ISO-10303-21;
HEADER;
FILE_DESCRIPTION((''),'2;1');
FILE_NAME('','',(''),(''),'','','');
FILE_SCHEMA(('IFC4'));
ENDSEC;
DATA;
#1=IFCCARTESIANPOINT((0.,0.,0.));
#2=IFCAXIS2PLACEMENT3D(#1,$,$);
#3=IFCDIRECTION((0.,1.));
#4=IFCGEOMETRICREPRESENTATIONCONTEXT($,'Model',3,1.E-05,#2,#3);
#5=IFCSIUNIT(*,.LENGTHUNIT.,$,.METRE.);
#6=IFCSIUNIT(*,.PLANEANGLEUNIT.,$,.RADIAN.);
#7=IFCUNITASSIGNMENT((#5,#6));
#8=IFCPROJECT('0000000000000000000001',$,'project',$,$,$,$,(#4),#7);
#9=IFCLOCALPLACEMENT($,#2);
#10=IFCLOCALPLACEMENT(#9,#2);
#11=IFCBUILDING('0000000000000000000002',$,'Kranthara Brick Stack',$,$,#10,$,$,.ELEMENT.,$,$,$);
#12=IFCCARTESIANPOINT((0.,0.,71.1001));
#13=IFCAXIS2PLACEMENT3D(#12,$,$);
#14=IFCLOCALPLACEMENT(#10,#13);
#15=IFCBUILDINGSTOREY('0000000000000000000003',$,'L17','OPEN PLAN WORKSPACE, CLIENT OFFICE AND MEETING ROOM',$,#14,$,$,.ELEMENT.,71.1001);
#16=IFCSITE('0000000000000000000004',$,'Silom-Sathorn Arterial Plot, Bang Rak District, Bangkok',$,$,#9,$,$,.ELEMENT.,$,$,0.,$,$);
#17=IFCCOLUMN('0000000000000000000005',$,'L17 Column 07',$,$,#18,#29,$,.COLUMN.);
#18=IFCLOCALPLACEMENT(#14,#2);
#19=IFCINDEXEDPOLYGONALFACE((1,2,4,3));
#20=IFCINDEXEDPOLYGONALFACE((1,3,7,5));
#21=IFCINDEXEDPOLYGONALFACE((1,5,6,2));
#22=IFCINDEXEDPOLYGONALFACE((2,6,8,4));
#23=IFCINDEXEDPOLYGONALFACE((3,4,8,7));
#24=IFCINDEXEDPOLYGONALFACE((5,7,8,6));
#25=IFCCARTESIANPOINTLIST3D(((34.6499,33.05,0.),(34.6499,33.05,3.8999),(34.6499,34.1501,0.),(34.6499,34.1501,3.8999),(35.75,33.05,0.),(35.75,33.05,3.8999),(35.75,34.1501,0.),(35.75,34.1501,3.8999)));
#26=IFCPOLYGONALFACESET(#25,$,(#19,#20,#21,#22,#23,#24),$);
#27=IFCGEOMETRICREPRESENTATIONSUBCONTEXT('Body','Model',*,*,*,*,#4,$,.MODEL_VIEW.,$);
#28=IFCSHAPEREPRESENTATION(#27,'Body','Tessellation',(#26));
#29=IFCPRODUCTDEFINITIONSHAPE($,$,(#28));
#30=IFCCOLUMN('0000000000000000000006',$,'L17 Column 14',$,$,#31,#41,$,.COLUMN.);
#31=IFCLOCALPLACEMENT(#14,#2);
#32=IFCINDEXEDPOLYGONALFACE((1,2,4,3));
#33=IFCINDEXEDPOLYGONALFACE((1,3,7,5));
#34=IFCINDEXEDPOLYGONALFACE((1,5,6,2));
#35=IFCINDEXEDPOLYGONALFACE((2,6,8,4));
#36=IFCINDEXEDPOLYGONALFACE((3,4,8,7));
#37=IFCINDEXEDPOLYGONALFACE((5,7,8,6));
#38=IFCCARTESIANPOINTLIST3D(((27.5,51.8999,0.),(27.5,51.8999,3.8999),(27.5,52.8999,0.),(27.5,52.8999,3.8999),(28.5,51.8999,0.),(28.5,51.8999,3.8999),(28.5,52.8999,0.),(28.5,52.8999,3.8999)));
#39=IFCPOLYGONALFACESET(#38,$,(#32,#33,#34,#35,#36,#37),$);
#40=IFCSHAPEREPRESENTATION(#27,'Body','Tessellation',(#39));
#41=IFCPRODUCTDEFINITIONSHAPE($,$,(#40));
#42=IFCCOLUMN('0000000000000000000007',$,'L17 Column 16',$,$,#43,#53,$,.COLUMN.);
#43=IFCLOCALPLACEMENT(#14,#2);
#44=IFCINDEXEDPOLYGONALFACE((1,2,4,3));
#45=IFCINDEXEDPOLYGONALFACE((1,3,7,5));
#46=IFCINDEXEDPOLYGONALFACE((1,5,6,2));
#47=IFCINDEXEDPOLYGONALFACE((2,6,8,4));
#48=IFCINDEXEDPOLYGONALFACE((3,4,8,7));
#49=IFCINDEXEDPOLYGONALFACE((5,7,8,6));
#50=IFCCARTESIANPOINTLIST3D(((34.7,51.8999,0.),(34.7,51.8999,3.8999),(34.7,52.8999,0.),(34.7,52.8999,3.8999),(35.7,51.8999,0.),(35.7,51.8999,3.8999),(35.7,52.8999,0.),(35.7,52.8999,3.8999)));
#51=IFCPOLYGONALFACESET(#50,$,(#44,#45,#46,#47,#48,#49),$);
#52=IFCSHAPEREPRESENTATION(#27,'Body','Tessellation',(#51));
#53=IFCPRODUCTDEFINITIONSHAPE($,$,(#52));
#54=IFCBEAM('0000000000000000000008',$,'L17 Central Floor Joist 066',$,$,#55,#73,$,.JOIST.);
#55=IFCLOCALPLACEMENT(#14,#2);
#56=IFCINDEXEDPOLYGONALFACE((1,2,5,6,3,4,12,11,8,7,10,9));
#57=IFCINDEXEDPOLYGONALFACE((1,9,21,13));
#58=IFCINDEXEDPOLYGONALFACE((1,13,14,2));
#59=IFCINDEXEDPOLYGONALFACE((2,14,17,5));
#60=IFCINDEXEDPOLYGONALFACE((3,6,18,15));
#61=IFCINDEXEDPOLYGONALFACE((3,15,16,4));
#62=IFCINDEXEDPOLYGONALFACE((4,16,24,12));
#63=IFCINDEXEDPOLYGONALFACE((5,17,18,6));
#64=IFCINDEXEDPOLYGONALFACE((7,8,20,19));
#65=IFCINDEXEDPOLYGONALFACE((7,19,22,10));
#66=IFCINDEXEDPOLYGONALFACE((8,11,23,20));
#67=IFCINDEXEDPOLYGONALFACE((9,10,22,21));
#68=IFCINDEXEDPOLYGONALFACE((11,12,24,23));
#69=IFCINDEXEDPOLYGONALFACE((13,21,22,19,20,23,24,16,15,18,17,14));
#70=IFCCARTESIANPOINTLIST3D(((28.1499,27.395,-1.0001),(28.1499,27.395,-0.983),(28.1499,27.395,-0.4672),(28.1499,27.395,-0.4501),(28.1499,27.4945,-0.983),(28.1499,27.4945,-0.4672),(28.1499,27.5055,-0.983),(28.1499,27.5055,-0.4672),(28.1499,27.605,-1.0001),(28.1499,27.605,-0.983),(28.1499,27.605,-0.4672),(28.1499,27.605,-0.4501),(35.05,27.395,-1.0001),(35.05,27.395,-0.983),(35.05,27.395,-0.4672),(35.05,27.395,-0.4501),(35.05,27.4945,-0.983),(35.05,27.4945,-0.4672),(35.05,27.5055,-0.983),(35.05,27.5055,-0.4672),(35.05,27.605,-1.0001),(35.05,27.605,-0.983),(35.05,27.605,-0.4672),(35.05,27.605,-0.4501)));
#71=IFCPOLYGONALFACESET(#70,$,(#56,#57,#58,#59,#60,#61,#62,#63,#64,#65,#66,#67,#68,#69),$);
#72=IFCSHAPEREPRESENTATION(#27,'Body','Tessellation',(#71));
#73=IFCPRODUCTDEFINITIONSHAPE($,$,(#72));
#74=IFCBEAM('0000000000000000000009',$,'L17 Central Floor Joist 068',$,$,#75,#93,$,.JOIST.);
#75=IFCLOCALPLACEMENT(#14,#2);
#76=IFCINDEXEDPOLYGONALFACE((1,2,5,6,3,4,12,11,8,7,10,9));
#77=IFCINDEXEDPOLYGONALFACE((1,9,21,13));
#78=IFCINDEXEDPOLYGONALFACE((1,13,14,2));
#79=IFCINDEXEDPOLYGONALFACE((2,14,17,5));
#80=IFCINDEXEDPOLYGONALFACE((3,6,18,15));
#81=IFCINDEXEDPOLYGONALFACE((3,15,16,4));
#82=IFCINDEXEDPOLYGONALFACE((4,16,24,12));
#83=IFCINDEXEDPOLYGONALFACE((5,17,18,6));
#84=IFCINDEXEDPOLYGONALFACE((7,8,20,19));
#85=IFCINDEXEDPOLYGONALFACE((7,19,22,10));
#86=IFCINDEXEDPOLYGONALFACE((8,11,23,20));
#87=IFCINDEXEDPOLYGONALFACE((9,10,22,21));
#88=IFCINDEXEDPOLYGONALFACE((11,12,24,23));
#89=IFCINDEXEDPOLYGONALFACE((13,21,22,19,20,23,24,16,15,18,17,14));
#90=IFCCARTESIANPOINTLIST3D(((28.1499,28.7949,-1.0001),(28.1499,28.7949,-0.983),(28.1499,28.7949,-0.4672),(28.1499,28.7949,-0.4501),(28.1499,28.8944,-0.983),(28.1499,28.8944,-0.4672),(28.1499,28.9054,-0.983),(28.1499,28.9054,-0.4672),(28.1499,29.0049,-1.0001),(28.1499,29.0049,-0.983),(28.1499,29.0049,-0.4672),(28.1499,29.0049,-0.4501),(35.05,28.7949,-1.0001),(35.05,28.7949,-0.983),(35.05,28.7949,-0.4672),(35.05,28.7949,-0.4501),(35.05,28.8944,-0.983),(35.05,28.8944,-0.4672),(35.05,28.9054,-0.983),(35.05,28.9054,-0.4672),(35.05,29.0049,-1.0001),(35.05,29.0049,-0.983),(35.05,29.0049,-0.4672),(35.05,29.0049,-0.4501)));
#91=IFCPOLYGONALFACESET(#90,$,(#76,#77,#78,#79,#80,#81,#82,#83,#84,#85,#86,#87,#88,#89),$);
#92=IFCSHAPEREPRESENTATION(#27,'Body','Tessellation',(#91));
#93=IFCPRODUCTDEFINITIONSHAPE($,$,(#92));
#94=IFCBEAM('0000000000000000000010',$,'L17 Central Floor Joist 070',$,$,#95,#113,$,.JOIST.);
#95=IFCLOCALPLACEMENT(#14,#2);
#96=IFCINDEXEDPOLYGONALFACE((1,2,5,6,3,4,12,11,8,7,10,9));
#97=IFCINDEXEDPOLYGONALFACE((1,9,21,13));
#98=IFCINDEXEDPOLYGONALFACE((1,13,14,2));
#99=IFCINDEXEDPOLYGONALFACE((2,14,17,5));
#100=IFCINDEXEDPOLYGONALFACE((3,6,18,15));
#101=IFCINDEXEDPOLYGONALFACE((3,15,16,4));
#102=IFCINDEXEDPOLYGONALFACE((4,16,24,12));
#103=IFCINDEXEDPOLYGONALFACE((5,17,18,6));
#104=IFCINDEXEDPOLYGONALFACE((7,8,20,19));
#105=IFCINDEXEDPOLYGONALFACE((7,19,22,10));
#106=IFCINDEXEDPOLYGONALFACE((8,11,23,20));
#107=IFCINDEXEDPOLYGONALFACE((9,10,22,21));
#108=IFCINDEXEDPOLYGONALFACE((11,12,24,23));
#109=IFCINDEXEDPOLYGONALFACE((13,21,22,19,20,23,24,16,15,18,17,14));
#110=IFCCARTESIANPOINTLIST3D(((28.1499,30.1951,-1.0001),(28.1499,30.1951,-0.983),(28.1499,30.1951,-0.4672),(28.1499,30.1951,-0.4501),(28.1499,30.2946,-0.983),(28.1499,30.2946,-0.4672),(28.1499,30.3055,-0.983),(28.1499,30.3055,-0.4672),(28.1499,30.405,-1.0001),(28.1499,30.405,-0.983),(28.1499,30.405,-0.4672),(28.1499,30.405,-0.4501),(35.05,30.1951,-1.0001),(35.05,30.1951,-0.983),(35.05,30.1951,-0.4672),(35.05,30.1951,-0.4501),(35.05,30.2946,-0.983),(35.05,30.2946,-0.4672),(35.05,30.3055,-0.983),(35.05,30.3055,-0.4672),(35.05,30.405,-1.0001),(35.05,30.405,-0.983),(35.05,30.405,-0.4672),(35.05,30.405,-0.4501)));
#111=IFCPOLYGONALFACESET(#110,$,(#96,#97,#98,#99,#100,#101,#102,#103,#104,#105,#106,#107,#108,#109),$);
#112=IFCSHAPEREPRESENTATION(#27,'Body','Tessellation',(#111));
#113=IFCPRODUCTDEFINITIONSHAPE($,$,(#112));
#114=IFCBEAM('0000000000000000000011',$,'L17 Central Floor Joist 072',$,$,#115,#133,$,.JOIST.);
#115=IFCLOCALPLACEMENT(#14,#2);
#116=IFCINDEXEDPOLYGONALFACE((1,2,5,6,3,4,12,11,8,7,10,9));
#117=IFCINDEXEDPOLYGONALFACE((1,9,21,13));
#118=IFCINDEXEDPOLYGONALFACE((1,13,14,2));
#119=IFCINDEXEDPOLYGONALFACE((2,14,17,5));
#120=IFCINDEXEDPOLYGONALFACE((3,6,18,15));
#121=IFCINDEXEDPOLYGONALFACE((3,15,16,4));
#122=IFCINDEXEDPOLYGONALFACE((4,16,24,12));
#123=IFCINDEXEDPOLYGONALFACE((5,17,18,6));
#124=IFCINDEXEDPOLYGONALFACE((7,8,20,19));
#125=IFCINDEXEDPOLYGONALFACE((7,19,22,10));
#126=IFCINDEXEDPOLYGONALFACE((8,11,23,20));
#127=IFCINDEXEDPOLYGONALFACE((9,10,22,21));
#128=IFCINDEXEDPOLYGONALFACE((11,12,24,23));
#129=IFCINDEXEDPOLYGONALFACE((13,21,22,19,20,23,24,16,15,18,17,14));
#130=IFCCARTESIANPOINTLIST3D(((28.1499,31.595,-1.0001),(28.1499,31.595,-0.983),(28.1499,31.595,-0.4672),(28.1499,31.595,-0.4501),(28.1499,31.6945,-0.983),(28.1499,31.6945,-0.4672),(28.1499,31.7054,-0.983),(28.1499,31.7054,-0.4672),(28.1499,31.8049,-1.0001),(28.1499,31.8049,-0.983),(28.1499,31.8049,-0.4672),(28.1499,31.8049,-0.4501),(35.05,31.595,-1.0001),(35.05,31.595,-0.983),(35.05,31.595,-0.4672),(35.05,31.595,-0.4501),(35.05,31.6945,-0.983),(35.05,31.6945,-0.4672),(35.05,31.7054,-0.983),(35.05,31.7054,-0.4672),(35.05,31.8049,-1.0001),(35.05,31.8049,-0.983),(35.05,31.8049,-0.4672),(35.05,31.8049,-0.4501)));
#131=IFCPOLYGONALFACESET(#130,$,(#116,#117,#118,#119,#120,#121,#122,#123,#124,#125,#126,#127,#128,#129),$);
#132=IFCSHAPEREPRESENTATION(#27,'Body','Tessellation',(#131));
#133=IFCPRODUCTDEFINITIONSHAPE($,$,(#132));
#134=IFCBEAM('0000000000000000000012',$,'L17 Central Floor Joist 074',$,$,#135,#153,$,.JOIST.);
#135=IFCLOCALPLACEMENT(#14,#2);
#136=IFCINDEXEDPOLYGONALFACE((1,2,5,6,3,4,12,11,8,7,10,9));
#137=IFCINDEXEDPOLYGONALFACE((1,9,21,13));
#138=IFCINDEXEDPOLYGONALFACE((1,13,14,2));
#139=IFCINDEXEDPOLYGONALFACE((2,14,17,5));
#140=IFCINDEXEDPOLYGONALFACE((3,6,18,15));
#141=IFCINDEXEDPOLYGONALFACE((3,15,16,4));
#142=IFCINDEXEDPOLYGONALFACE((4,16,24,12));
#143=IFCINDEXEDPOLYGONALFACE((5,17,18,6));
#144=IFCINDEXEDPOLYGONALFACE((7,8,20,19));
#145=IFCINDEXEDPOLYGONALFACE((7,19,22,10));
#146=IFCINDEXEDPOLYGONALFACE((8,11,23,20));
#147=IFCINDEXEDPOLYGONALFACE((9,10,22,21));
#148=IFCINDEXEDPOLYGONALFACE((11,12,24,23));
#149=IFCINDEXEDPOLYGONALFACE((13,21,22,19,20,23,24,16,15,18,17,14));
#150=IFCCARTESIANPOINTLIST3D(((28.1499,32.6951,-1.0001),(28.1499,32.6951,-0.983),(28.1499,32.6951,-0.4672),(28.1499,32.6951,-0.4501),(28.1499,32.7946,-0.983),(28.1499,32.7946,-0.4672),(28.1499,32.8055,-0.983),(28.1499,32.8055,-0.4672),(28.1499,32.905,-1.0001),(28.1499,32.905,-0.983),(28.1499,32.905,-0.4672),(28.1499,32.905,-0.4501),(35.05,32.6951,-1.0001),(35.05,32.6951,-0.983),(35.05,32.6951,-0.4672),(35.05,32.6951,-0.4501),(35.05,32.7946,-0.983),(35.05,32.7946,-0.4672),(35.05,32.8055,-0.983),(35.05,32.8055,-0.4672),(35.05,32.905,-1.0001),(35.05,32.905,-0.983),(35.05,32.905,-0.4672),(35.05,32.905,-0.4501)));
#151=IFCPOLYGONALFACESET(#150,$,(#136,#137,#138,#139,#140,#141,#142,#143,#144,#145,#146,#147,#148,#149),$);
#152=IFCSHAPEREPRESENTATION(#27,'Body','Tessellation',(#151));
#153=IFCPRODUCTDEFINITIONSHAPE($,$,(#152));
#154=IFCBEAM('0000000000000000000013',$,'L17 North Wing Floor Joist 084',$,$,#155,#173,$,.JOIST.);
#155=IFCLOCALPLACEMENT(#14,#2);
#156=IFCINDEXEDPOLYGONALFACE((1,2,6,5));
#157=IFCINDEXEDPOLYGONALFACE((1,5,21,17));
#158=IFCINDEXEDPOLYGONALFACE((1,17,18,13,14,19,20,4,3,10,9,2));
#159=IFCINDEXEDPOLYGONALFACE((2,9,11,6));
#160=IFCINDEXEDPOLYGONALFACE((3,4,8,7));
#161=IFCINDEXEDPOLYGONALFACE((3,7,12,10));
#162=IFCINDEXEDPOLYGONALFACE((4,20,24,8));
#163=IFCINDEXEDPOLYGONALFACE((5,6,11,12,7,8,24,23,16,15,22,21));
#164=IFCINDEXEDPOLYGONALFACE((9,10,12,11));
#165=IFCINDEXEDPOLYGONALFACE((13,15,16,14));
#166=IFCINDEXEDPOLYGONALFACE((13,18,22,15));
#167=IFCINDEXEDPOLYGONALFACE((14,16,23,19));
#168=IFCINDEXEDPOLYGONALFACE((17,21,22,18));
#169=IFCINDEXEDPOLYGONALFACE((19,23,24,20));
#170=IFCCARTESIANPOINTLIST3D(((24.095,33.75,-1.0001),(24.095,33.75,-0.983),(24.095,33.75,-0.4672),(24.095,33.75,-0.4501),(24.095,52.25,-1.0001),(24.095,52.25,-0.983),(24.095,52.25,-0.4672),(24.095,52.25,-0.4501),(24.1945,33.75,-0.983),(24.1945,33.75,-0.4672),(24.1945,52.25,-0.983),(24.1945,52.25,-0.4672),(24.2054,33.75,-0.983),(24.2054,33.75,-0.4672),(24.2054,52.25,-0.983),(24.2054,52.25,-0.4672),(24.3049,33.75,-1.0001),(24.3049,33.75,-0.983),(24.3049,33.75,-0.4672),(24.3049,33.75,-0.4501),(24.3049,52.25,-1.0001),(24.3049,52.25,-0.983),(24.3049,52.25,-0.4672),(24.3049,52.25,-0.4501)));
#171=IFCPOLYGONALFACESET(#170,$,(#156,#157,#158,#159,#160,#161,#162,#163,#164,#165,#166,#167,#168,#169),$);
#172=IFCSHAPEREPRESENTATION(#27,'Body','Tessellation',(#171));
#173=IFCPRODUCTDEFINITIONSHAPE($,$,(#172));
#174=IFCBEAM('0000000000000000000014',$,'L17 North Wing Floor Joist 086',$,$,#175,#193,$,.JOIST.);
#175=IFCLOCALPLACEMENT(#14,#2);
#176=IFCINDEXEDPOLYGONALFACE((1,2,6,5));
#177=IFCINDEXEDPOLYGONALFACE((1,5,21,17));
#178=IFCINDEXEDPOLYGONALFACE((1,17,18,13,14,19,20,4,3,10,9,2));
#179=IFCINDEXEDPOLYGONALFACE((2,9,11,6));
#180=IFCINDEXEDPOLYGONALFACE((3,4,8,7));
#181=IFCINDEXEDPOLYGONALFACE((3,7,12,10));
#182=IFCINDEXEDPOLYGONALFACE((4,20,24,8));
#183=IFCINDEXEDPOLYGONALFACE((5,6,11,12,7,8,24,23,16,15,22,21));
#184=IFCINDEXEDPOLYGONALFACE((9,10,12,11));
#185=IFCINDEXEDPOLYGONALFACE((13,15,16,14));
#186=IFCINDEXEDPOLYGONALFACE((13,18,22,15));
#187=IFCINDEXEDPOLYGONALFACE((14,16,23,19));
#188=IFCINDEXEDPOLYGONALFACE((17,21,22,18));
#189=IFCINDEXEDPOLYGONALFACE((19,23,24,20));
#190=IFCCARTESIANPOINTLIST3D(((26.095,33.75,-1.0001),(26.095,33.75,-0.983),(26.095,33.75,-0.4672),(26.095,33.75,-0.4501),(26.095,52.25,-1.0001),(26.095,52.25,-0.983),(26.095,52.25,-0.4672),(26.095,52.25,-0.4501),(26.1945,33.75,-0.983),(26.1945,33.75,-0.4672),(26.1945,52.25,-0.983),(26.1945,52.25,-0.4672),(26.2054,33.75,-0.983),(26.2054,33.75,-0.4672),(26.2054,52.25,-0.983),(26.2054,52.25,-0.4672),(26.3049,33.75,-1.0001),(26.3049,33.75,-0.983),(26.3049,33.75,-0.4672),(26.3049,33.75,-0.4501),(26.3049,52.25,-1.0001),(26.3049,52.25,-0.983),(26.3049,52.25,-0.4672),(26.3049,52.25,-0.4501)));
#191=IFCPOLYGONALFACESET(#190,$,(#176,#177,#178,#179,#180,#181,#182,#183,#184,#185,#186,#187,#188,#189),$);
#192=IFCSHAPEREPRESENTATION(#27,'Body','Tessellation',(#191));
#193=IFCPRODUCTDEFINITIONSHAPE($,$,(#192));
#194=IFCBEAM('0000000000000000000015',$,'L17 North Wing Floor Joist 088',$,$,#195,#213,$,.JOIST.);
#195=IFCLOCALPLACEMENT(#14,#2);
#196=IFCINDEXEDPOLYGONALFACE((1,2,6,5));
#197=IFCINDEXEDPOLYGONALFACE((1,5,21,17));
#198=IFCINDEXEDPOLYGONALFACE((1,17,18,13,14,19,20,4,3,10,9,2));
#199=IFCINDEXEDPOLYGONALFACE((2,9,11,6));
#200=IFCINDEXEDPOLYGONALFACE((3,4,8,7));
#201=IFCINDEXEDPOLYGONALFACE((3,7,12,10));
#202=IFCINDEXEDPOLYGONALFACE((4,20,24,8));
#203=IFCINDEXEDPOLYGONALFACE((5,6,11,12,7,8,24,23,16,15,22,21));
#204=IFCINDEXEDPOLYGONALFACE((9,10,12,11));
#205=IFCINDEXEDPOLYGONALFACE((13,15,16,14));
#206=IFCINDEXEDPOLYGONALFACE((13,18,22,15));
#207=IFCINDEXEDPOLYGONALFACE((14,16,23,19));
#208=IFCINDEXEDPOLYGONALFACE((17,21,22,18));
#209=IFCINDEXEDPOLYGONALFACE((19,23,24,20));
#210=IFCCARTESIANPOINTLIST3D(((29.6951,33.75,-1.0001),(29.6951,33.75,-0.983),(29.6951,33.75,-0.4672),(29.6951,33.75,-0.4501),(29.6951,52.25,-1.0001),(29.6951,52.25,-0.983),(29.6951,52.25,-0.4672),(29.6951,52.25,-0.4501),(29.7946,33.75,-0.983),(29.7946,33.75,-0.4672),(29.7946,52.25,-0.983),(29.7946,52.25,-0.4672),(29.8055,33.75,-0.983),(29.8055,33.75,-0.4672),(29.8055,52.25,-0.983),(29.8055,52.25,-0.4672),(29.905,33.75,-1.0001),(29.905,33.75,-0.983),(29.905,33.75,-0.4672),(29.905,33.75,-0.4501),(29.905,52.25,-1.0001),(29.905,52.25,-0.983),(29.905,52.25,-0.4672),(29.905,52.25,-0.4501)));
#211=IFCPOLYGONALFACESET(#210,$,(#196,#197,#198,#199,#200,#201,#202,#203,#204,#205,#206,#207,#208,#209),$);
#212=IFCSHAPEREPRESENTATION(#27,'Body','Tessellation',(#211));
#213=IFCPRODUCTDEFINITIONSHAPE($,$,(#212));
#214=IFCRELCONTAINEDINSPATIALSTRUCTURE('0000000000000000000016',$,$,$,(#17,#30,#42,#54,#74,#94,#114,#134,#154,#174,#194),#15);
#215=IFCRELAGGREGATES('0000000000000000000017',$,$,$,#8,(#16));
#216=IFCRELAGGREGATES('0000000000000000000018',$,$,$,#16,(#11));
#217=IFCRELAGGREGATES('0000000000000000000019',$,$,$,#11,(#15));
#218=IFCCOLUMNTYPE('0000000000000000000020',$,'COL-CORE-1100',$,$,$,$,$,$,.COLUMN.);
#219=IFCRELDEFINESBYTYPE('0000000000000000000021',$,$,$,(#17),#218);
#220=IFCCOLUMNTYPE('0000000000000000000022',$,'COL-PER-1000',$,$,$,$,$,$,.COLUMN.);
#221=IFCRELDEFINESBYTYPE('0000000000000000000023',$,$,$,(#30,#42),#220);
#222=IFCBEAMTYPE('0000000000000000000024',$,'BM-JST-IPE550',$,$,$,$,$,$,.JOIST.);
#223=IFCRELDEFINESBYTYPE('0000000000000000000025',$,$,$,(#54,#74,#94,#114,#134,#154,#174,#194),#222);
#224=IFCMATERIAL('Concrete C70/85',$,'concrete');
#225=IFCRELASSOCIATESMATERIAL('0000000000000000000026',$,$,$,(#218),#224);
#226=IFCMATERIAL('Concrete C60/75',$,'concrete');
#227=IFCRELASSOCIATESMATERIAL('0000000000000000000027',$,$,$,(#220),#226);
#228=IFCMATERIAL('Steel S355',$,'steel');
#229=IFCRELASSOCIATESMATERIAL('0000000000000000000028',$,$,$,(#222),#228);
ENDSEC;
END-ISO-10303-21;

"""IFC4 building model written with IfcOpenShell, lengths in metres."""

from ifc_helpers import new_model, si_unit, direction, frame, origin, origin_2d, place, context, subcontext, project, spatial, rectangle, i_section, extrude, material, material_profile, profile_set, type_object, element, save


model = new_model("IFC4")

# Units and contexts
model_context = context("Model", 3, precision=1e-05, world=origin(), true_north=direction((0.0, 1.0)))
body_context = subcontext(model_context, "Body", "Model", "MODEL_VIEW")
ifc_project = project(units=[si_unit("LENGTHUNIT", "METRE"), si_unit("PLANEANGLEUNIT", "RADIAN")], contexts=[model_context])

# Site, building, storey
site_placement = place(None, origin())
site = spatial("IfcSite", under=ifc_project, at=site_placement, Name="Silom-Sathorn Arterial Plot, Bang Rak District, Bangkok", CompositionType="ELEMENT", RefElevation=0.0)
building_placement = place(site_placement, origin())
building = spatial("IfcBuilding", under=site, at=building_placement, Name="Kranthara Brick Stack", CompositionType="ELEMENT")
storey_placement = place(building_placement, frame((0.0, 0.0, 71.1001)))
storey = spatial("IfcBuildingStorey", under=building, at=storey_placement, Name="L17", Description="OPEN PLAN WORKSPACE, CLIENT OFFICE AND MEETING ROOM", CompositionType="ELEMENT", Elevation=71.1001)

# Columns
ifc_material_1 = material(Name="Concrete C70/85", Category="concrete")
ifc_material_profile_1 = material_profile(ifc_material_1, rectangle(XDim=1.1001, YDim=1.1001, at=origin_2d()), Name="RC 1100x1100")
ifc_profile_set_1 = profile_set([ifc_material_profile_1], Name="Concrete C70/85")
column_type_1 = type_object("IfcColumnType", Name="COL-CORE-1100", PredefinedType="COLUMN", material=ifc_profile_set_1)
column_placement = place(storey_placement, frame((35.2, 33.6001, 0.0), z_axis=(0.0, 0.0, 1.0), x_axis=(1.0, 0.0, 0.0)))
element("IfcColumn", 1, at=column_placement, inside=storey, type_object=column_type_1, Name="L17 Column 07", PredefinedType="COLUMN", context=body_context, shape_type="SweptSolid", body=[
    extrude(rectangle(XDim=1.1001, YDim=1.1001, at=origin_2d()), origin(), (0.0, 0.0, 1.0), 3.8999),
])
ifc_material_2 = material(Name="Concrete C60/75", Category="concrete")
ifc_material_profile_2 = material_profile(ifc_material_2, rectangle(XDim=1.0, YDim=1.0, at=origin_2d()), Name="RC 1000x1000")
ifc_profile_set_2 = profile_set([ifc_material_profile_2], Name="Concrete C60/75")
column_type_2 = type_object("IfcColumnType", Name="COL-PER-1000", PredefinedType="COLUMN", material=ifc_profile_set_2)
for number, where, z_axis, x_axis, name in (
    (2, (28.0, 52.3999, 0.0), (0.0, 0.0, 1.0), (1.0, 0.0, 0.0), "L17 Column 14"),
    (3, (35.2, 52.3999, 0.0), (0.0, 0.0, 1.0), (1.0, 0.0, 0.0), "L17 Column 16"),
):
    element("IfcColumn", number, at=place(storey_placement, frame(where, z_axis=z_axis, x_axis=x_axis)), inside=storey, type_object=column_type_2, Name=name, PredefinedType="COLUMN", context=body_context, shape_type="SweptSolid", body=[
        extrude(rectangle(XDim=1.0, YDim=1.0, at=origin_2d()), origin(), (0.0, 0.0, 1.0), 3.8999),
    ])

# Beams
ifc_material_3 = material(Name="Steel S355", Category="steel")
ifc_material_profile_3 = material_profile(ifc_material_3, i_section(OverallWidth=0.21, OverallDepth=0.55, WebThickness=0.011, FlangeThickness=0.0171, at=origin_2d()), Name="IPE 550")
ifc_profile_set_3 = profile_set([ifc_material_profile_3], Name="Steel S355")
beam_type_1 = type_object("IfcBeamType", Name="BM-JST-IPE550", PredefinedType="JOIST", material=ifc_profile_set_3)
for number, where, z_axis, x_axis, name in (
    (4, (28.1499, 27.5, -0.7251), (1.0, 0.0, 0.0), (0.0, 1.0, 0.0), "L17 Central Floor Joist 066"),
    (5, (28.1499, 28.8999, -0.7251), (1.0, 0.0, 0.0), (0.0, 1.0, 0.0), "L17 Central Floor Joist 068"),
    (6, (28.1499, 30.3, -0.7251), (1.0, 0.0, 0.0), (0.0, 1.0, 0.0), "L17 Central Floor Joist 070"),
    (7, (28.1499, 31.7, -0.7251), (1.0, 0.0, 0.0), (0.0, 1.0, 0.0), "L17 Central Floor Joist 072"),
    (8, (28.1499, 32.8, -0.7251), (1.0, 0.0, 0.0), (0.0, 1.0, 0.0), "L17 Central Floor Joist 074"),
):
    element("IfcBeam", number, at=place(storey_placement, frame(where, z_axis=z_axis, x_axis=x_axis)), inside=storey, type_object=beam_type_1, Name=name, PredefinedType="JOIST", context=body_context, shape_type="SweptSolid", body=[
        extrude(i_section(OverallWidth=0.21, OverallDepth=0.55, WebThickness=0.011, FlangeThickness=0.0171, at=origin_2d()), origin(), (0.0, 0.0, 1.0), 6.9001),
    ])
for number, where, z_axis, x_axis, name in (
    (9, (24.2, 33.75, -0.7251), (0.0, 1.0, 0.0), (-1.0, 0.0, 0.0), "L17 North Wing Floor Joist 084"),
    (10, (26.2, 33.75, -0.7251), (0.0, 1.0, 0.0), (-1.0, 0.0, 0.0), "L17 North Wing Floor Joist 086"),
    (11, (29.8, 33.75, -0.7251), (0.0, 1.0, 0.0), (-1.0, 0.0, 0.0), "L17 North Wing Floor Joist 088"),
):
    element("IfcBeam", number, at=place(storey_placement, frame(where, z_axis=z_axis, x_axis=x_axis)), inside=storey, type_object=beam_type_1, Name=name, PredefinedType="JOIST", context=body_context, shape_type="SweptSolid", body=[
        extrude(i_section(OverallWidth=0.21, OverallDepth=0.55, WebThickness=0.011, FlangeThickness=0.0171, at=origin_2d()), origin(), (0.0, 0.0, 1.0), 18.5),
    ])

save(model, "model.ifc")
